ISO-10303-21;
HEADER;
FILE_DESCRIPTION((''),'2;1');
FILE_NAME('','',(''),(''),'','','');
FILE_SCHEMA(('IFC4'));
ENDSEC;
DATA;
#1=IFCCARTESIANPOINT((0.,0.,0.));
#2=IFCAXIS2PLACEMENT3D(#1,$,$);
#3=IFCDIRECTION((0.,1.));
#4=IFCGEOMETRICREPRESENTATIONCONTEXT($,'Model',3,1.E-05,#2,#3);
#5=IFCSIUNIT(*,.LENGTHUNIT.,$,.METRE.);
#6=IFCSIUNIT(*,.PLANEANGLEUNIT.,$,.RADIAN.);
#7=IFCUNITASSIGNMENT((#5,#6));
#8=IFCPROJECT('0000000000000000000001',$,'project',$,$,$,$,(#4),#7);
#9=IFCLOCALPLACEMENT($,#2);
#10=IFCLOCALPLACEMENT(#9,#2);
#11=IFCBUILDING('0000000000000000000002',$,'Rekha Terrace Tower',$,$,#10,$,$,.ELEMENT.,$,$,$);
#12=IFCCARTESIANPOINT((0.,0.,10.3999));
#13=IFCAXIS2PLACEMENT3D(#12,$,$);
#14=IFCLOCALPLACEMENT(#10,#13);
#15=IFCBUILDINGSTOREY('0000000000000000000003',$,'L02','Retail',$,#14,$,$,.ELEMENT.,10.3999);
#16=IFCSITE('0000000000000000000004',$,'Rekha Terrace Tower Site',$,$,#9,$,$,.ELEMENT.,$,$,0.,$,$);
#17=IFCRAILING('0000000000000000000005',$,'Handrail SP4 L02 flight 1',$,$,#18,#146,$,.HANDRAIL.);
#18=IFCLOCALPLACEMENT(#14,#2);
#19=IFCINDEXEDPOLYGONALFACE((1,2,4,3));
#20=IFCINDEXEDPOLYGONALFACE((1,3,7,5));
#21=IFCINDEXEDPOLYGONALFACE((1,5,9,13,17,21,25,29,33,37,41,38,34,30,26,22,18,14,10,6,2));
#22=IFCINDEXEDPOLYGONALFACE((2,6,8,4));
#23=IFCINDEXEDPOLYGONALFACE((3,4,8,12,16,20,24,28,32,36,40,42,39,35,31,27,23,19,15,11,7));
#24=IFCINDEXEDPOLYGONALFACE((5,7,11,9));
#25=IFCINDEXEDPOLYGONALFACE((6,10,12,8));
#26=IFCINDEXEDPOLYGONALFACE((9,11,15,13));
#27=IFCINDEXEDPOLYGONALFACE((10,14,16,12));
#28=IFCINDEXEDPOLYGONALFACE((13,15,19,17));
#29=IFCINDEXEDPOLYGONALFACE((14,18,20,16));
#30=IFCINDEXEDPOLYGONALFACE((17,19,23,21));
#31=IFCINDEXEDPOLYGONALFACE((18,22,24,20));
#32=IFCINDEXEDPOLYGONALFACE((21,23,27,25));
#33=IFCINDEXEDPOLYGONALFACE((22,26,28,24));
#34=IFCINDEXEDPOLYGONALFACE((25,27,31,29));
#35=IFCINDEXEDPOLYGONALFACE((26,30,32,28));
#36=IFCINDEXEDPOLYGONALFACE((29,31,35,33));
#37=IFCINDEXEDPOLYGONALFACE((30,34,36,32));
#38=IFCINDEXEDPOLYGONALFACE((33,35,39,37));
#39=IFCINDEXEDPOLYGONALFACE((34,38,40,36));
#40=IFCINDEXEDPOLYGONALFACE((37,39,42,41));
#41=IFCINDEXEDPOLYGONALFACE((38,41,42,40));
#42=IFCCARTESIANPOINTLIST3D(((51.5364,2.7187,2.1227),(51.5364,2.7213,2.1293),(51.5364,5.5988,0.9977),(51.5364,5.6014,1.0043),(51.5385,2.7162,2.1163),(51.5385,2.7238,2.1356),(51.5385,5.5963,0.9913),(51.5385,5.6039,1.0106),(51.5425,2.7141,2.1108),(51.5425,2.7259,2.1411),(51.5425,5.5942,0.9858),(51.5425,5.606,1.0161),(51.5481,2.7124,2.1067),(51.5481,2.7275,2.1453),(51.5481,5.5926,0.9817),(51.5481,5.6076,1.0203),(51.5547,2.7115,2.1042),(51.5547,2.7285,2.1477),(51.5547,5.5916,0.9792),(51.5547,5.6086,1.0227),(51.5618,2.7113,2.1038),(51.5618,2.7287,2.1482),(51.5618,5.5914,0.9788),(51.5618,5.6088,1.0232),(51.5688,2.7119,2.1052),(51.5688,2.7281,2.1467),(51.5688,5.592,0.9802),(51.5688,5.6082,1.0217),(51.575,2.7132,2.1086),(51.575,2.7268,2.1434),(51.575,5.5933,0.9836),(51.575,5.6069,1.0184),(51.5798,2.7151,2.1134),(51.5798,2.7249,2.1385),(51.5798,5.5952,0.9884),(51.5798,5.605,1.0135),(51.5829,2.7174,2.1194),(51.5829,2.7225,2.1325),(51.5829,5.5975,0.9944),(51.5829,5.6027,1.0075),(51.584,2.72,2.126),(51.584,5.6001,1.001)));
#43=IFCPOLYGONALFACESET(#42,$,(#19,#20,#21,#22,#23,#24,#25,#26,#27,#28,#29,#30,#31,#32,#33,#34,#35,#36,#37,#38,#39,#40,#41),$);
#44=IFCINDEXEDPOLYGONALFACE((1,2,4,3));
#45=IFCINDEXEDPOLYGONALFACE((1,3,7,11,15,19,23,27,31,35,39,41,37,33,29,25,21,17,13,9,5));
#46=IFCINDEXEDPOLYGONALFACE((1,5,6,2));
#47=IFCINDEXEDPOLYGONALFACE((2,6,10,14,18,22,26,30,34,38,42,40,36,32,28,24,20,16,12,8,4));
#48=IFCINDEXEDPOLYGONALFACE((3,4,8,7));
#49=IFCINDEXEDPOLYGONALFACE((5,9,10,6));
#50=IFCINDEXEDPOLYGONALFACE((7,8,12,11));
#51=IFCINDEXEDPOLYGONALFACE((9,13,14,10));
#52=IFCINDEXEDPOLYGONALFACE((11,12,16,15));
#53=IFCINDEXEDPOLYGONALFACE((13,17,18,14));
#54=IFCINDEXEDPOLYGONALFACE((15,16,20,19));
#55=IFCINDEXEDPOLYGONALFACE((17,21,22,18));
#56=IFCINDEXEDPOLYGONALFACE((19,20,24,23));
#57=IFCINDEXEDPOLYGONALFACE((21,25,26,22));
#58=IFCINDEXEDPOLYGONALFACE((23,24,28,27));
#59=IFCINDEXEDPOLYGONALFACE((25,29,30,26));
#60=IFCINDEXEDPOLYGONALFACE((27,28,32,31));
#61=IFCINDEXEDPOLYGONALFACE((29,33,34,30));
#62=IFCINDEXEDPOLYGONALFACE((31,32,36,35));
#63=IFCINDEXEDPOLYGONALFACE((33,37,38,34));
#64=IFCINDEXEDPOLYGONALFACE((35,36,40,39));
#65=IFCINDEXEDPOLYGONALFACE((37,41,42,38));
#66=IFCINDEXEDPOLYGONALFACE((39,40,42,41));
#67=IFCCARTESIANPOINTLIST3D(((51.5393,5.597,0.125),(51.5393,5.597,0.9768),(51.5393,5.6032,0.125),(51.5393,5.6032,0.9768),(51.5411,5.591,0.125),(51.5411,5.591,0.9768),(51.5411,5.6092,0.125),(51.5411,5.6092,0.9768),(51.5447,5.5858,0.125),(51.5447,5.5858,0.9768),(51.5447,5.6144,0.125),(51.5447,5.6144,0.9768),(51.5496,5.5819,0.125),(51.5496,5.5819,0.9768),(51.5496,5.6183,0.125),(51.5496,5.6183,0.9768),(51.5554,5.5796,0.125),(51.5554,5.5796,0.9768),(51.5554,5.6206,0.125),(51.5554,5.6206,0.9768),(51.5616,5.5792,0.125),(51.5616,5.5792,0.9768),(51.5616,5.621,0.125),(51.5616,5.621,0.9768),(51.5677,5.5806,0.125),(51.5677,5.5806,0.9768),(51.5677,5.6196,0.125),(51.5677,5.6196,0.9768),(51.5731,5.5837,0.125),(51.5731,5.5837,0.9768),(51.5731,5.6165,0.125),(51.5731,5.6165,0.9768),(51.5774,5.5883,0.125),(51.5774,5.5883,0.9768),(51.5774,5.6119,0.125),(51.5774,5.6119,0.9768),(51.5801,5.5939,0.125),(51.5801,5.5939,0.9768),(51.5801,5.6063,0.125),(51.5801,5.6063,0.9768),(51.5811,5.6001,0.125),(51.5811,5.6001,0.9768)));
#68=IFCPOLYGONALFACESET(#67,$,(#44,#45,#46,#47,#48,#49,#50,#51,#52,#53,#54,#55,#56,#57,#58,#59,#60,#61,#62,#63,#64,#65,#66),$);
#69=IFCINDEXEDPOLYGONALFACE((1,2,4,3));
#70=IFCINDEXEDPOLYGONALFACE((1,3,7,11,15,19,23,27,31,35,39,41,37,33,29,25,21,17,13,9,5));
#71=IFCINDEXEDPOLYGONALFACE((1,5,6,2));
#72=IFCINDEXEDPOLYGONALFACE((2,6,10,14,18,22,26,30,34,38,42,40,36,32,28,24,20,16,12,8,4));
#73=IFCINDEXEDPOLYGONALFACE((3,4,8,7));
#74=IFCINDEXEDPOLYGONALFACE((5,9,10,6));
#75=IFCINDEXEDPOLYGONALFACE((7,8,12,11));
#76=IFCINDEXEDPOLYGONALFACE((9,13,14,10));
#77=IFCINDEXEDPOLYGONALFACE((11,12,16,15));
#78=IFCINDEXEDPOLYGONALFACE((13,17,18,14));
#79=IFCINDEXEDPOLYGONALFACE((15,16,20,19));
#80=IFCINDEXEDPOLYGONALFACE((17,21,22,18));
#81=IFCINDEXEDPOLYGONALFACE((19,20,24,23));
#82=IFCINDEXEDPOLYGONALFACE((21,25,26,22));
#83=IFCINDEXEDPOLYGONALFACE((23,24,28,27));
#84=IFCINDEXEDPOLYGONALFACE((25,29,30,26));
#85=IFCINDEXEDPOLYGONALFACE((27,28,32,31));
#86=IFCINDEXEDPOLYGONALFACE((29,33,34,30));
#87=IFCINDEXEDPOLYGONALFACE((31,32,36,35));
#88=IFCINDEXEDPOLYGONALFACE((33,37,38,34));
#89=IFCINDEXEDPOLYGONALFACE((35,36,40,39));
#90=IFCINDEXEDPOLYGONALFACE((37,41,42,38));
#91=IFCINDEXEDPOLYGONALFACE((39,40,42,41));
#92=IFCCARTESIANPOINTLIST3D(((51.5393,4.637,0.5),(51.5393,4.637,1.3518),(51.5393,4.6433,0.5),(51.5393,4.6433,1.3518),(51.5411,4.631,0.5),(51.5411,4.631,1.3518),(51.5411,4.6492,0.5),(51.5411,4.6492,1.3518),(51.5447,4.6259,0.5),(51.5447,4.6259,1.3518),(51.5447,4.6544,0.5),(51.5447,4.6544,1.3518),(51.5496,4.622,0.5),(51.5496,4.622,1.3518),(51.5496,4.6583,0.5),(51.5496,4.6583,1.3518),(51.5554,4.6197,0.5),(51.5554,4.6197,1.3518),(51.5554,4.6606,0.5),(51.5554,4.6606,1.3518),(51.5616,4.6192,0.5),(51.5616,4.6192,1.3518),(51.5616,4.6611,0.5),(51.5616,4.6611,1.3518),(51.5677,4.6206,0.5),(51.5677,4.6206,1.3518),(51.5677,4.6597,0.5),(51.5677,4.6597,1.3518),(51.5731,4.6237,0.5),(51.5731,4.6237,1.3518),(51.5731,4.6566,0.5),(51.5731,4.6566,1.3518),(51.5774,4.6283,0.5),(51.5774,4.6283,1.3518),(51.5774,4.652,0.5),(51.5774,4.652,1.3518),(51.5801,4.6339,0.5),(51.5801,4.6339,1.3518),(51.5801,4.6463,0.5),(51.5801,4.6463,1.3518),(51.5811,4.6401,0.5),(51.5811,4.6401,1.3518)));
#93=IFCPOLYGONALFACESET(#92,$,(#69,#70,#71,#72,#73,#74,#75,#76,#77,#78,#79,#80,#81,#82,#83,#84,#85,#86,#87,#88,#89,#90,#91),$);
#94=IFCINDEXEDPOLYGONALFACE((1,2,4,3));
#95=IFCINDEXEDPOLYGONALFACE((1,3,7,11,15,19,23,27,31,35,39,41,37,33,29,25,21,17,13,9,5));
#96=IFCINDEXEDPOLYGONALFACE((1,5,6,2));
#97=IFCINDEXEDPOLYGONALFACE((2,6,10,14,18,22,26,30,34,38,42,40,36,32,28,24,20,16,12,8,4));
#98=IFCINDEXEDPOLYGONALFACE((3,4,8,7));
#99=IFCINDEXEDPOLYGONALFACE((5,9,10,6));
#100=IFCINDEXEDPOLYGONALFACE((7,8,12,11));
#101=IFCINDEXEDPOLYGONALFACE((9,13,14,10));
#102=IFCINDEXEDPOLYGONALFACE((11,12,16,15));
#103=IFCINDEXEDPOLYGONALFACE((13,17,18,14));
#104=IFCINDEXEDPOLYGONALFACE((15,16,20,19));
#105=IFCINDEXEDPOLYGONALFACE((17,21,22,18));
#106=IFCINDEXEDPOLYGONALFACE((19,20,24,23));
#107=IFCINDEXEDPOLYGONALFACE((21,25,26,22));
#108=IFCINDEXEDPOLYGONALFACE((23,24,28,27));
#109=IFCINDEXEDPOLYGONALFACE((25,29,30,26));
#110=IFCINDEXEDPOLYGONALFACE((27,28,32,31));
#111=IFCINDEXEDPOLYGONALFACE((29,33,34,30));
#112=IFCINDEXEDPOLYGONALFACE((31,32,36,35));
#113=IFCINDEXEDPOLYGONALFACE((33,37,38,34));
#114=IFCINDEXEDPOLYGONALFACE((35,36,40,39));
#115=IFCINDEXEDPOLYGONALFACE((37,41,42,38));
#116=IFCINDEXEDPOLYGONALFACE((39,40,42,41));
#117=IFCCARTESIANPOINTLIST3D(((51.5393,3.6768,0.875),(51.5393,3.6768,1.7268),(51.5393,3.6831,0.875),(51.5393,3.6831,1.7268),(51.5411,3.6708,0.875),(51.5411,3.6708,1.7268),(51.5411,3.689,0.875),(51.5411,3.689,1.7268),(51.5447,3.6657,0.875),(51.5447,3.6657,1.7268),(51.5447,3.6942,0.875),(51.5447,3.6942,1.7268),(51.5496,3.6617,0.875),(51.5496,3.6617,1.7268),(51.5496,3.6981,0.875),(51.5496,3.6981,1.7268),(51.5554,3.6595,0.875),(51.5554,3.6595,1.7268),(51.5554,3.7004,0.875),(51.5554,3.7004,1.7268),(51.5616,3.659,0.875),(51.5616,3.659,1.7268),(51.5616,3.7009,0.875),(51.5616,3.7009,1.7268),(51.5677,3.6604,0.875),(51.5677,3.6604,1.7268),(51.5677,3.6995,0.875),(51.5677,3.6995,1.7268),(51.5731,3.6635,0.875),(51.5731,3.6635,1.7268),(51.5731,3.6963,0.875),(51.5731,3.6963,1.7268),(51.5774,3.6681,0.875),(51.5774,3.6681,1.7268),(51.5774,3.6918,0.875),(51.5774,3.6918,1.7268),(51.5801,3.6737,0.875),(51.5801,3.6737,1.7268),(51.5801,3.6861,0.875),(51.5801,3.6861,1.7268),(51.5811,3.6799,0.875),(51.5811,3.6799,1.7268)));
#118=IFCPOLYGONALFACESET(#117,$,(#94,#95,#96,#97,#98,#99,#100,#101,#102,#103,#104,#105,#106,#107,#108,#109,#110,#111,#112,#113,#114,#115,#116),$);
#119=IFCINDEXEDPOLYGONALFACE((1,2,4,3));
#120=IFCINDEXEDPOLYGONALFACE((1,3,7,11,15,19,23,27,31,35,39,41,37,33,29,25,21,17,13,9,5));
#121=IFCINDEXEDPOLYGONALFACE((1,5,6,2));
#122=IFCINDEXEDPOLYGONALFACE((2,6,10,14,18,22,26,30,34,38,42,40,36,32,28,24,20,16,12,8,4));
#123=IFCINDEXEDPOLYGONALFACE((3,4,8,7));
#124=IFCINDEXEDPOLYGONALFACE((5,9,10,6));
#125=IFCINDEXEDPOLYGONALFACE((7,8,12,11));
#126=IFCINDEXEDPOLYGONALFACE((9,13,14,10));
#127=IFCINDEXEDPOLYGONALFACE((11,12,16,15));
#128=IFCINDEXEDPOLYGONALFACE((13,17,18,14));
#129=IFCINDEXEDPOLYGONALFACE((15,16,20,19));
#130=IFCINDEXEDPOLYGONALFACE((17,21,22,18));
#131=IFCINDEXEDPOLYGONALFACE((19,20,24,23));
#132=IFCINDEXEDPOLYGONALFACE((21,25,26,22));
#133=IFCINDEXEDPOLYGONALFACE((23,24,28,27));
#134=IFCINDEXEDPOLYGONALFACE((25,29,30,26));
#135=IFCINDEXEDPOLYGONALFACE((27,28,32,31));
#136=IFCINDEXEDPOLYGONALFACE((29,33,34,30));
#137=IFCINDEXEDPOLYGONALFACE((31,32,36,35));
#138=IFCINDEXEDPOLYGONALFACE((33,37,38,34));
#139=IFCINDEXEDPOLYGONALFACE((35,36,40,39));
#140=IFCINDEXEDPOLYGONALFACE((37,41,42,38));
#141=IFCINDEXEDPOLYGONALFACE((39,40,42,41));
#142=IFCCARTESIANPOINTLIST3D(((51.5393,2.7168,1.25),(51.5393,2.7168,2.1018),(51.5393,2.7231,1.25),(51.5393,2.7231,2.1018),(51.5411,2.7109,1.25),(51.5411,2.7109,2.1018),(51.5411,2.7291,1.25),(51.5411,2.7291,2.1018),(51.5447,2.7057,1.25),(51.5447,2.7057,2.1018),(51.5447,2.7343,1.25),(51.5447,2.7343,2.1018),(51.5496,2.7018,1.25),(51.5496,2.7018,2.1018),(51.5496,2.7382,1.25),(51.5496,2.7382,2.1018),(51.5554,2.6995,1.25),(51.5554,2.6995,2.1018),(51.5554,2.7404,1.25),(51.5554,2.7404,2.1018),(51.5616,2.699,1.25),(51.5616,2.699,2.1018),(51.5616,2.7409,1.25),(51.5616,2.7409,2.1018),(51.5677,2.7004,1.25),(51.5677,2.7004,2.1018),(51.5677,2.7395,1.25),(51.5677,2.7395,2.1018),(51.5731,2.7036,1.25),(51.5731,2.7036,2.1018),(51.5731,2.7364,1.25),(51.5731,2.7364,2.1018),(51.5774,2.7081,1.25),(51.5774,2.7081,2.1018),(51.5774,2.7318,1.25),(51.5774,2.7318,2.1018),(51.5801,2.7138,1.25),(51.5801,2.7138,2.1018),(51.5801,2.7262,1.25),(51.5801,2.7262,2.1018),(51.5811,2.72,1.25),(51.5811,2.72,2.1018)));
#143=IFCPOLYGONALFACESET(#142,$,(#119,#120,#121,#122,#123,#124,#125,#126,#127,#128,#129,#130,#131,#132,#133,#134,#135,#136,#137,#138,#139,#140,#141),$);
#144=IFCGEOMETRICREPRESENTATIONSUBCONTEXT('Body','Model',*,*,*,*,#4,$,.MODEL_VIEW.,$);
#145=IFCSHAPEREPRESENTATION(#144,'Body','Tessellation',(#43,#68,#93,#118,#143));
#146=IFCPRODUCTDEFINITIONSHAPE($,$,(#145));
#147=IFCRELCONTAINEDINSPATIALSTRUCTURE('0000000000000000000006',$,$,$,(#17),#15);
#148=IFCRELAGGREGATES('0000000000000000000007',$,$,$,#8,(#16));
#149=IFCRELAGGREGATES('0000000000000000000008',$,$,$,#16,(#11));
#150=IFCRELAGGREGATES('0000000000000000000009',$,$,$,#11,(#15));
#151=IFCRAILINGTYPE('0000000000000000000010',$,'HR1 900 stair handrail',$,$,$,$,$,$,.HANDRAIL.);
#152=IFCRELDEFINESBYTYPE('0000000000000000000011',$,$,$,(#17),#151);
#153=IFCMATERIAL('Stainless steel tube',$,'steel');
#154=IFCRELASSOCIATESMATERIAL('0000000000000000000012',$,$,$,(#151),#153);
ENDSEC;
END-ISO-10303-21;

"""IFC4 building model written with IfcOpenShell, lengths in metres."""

from ifc_helpers import new_model, si_unit, direction, frame, origin, origin_2d, place, context, subcontext, project, spatial, circle, extrude, material, type_object, element, save


model = new_model("IFC4")

# Units and contexts
model_context = context("Model", 3, precision=1e-05, world=origin(), true_north=direction((0.0, 1.0)))
body_context = subcontext(model_context, "Body", "Model", "MODEL_VIEW")
ifc_project = project(units=[si_unit("LENGTHUNIT", "METRE"), si_unit("PLANEANGLEUNIT", "RADIAN")], contexts=[model_context])

# Site, building, storey
site_placement = place(None, origin())
site = spatial("IfcSite", under=ifc_project, at=site_placement, Name="Rekha Terrace Tower Site", CompositionType="ELEMENT", RefElevation=0.0)
building_placement = place(site_placement, origin())
building = spatial("IfcBuilding", under=site, at=building_placement, Name="Rekha Terrace Tower", CompositionType="ELEMENT")
storey_placement = place(building_placement, frame((0.0, 0.0, 10.3999)))
storey = spatial("IfcBuildingStorey", under=building, at=storey_placement, Name="L02", Description="Retail", CompositionType="ELEMENT", Elevation=10.3999)

# Railing
ifc_material_1 = material(Name="Stainless steel tube", Category="steel")
railing_type_1 = type_object("IfcRailingType", Name="HR1 900 stair handrail", PredefinedType="HANDRAIL", material=ifc_material_1)
railing_1_placement = place(storey_placement, frame((51.5601, 5.6001, 0.125)))
element("IfcRailing", 1, at=railing_1_placement, inside=storey, type_object=railing_type_1, Name="Handrail SP4 L02 flight 1", PredefinedType="HANDRAIL", context=body_context, shape_type="SweptSolid", body=[
    extrude(circle(Radius=0.0239, at=origin_2d()), frame((0.0, 0.0, 0.876), z_axis=(0.0, -0.931463, 0.363837), x_axis=(1.0, 0.0, 0.0)), (0.0, 0.0, 1.0), 3.092),
    extrude(circle(Radius=0.021, at=origin_2d()), origin(), (0.0, 0.0, 1.0), 0.8518),
    extrude(circle(Radius=0.021, at=origin_2d()), frame((0.0, -0.96, 0.375)), (0.0, 0.0, 1.0), 0.8518),
    extrude(circle(Radius=0.021, at=origin_2d()), frame((0.0, -1.9202, 0.75)), (0.0, 0.0, 1.0), 0.8518),
    extrude(circle(Radius=0.021, at=origin_2d()), frame((0.0, -2.8801, 1.125)), (0.0, 0.0, 1.0), 0.8518),
])

save(model, "model.ifc")
